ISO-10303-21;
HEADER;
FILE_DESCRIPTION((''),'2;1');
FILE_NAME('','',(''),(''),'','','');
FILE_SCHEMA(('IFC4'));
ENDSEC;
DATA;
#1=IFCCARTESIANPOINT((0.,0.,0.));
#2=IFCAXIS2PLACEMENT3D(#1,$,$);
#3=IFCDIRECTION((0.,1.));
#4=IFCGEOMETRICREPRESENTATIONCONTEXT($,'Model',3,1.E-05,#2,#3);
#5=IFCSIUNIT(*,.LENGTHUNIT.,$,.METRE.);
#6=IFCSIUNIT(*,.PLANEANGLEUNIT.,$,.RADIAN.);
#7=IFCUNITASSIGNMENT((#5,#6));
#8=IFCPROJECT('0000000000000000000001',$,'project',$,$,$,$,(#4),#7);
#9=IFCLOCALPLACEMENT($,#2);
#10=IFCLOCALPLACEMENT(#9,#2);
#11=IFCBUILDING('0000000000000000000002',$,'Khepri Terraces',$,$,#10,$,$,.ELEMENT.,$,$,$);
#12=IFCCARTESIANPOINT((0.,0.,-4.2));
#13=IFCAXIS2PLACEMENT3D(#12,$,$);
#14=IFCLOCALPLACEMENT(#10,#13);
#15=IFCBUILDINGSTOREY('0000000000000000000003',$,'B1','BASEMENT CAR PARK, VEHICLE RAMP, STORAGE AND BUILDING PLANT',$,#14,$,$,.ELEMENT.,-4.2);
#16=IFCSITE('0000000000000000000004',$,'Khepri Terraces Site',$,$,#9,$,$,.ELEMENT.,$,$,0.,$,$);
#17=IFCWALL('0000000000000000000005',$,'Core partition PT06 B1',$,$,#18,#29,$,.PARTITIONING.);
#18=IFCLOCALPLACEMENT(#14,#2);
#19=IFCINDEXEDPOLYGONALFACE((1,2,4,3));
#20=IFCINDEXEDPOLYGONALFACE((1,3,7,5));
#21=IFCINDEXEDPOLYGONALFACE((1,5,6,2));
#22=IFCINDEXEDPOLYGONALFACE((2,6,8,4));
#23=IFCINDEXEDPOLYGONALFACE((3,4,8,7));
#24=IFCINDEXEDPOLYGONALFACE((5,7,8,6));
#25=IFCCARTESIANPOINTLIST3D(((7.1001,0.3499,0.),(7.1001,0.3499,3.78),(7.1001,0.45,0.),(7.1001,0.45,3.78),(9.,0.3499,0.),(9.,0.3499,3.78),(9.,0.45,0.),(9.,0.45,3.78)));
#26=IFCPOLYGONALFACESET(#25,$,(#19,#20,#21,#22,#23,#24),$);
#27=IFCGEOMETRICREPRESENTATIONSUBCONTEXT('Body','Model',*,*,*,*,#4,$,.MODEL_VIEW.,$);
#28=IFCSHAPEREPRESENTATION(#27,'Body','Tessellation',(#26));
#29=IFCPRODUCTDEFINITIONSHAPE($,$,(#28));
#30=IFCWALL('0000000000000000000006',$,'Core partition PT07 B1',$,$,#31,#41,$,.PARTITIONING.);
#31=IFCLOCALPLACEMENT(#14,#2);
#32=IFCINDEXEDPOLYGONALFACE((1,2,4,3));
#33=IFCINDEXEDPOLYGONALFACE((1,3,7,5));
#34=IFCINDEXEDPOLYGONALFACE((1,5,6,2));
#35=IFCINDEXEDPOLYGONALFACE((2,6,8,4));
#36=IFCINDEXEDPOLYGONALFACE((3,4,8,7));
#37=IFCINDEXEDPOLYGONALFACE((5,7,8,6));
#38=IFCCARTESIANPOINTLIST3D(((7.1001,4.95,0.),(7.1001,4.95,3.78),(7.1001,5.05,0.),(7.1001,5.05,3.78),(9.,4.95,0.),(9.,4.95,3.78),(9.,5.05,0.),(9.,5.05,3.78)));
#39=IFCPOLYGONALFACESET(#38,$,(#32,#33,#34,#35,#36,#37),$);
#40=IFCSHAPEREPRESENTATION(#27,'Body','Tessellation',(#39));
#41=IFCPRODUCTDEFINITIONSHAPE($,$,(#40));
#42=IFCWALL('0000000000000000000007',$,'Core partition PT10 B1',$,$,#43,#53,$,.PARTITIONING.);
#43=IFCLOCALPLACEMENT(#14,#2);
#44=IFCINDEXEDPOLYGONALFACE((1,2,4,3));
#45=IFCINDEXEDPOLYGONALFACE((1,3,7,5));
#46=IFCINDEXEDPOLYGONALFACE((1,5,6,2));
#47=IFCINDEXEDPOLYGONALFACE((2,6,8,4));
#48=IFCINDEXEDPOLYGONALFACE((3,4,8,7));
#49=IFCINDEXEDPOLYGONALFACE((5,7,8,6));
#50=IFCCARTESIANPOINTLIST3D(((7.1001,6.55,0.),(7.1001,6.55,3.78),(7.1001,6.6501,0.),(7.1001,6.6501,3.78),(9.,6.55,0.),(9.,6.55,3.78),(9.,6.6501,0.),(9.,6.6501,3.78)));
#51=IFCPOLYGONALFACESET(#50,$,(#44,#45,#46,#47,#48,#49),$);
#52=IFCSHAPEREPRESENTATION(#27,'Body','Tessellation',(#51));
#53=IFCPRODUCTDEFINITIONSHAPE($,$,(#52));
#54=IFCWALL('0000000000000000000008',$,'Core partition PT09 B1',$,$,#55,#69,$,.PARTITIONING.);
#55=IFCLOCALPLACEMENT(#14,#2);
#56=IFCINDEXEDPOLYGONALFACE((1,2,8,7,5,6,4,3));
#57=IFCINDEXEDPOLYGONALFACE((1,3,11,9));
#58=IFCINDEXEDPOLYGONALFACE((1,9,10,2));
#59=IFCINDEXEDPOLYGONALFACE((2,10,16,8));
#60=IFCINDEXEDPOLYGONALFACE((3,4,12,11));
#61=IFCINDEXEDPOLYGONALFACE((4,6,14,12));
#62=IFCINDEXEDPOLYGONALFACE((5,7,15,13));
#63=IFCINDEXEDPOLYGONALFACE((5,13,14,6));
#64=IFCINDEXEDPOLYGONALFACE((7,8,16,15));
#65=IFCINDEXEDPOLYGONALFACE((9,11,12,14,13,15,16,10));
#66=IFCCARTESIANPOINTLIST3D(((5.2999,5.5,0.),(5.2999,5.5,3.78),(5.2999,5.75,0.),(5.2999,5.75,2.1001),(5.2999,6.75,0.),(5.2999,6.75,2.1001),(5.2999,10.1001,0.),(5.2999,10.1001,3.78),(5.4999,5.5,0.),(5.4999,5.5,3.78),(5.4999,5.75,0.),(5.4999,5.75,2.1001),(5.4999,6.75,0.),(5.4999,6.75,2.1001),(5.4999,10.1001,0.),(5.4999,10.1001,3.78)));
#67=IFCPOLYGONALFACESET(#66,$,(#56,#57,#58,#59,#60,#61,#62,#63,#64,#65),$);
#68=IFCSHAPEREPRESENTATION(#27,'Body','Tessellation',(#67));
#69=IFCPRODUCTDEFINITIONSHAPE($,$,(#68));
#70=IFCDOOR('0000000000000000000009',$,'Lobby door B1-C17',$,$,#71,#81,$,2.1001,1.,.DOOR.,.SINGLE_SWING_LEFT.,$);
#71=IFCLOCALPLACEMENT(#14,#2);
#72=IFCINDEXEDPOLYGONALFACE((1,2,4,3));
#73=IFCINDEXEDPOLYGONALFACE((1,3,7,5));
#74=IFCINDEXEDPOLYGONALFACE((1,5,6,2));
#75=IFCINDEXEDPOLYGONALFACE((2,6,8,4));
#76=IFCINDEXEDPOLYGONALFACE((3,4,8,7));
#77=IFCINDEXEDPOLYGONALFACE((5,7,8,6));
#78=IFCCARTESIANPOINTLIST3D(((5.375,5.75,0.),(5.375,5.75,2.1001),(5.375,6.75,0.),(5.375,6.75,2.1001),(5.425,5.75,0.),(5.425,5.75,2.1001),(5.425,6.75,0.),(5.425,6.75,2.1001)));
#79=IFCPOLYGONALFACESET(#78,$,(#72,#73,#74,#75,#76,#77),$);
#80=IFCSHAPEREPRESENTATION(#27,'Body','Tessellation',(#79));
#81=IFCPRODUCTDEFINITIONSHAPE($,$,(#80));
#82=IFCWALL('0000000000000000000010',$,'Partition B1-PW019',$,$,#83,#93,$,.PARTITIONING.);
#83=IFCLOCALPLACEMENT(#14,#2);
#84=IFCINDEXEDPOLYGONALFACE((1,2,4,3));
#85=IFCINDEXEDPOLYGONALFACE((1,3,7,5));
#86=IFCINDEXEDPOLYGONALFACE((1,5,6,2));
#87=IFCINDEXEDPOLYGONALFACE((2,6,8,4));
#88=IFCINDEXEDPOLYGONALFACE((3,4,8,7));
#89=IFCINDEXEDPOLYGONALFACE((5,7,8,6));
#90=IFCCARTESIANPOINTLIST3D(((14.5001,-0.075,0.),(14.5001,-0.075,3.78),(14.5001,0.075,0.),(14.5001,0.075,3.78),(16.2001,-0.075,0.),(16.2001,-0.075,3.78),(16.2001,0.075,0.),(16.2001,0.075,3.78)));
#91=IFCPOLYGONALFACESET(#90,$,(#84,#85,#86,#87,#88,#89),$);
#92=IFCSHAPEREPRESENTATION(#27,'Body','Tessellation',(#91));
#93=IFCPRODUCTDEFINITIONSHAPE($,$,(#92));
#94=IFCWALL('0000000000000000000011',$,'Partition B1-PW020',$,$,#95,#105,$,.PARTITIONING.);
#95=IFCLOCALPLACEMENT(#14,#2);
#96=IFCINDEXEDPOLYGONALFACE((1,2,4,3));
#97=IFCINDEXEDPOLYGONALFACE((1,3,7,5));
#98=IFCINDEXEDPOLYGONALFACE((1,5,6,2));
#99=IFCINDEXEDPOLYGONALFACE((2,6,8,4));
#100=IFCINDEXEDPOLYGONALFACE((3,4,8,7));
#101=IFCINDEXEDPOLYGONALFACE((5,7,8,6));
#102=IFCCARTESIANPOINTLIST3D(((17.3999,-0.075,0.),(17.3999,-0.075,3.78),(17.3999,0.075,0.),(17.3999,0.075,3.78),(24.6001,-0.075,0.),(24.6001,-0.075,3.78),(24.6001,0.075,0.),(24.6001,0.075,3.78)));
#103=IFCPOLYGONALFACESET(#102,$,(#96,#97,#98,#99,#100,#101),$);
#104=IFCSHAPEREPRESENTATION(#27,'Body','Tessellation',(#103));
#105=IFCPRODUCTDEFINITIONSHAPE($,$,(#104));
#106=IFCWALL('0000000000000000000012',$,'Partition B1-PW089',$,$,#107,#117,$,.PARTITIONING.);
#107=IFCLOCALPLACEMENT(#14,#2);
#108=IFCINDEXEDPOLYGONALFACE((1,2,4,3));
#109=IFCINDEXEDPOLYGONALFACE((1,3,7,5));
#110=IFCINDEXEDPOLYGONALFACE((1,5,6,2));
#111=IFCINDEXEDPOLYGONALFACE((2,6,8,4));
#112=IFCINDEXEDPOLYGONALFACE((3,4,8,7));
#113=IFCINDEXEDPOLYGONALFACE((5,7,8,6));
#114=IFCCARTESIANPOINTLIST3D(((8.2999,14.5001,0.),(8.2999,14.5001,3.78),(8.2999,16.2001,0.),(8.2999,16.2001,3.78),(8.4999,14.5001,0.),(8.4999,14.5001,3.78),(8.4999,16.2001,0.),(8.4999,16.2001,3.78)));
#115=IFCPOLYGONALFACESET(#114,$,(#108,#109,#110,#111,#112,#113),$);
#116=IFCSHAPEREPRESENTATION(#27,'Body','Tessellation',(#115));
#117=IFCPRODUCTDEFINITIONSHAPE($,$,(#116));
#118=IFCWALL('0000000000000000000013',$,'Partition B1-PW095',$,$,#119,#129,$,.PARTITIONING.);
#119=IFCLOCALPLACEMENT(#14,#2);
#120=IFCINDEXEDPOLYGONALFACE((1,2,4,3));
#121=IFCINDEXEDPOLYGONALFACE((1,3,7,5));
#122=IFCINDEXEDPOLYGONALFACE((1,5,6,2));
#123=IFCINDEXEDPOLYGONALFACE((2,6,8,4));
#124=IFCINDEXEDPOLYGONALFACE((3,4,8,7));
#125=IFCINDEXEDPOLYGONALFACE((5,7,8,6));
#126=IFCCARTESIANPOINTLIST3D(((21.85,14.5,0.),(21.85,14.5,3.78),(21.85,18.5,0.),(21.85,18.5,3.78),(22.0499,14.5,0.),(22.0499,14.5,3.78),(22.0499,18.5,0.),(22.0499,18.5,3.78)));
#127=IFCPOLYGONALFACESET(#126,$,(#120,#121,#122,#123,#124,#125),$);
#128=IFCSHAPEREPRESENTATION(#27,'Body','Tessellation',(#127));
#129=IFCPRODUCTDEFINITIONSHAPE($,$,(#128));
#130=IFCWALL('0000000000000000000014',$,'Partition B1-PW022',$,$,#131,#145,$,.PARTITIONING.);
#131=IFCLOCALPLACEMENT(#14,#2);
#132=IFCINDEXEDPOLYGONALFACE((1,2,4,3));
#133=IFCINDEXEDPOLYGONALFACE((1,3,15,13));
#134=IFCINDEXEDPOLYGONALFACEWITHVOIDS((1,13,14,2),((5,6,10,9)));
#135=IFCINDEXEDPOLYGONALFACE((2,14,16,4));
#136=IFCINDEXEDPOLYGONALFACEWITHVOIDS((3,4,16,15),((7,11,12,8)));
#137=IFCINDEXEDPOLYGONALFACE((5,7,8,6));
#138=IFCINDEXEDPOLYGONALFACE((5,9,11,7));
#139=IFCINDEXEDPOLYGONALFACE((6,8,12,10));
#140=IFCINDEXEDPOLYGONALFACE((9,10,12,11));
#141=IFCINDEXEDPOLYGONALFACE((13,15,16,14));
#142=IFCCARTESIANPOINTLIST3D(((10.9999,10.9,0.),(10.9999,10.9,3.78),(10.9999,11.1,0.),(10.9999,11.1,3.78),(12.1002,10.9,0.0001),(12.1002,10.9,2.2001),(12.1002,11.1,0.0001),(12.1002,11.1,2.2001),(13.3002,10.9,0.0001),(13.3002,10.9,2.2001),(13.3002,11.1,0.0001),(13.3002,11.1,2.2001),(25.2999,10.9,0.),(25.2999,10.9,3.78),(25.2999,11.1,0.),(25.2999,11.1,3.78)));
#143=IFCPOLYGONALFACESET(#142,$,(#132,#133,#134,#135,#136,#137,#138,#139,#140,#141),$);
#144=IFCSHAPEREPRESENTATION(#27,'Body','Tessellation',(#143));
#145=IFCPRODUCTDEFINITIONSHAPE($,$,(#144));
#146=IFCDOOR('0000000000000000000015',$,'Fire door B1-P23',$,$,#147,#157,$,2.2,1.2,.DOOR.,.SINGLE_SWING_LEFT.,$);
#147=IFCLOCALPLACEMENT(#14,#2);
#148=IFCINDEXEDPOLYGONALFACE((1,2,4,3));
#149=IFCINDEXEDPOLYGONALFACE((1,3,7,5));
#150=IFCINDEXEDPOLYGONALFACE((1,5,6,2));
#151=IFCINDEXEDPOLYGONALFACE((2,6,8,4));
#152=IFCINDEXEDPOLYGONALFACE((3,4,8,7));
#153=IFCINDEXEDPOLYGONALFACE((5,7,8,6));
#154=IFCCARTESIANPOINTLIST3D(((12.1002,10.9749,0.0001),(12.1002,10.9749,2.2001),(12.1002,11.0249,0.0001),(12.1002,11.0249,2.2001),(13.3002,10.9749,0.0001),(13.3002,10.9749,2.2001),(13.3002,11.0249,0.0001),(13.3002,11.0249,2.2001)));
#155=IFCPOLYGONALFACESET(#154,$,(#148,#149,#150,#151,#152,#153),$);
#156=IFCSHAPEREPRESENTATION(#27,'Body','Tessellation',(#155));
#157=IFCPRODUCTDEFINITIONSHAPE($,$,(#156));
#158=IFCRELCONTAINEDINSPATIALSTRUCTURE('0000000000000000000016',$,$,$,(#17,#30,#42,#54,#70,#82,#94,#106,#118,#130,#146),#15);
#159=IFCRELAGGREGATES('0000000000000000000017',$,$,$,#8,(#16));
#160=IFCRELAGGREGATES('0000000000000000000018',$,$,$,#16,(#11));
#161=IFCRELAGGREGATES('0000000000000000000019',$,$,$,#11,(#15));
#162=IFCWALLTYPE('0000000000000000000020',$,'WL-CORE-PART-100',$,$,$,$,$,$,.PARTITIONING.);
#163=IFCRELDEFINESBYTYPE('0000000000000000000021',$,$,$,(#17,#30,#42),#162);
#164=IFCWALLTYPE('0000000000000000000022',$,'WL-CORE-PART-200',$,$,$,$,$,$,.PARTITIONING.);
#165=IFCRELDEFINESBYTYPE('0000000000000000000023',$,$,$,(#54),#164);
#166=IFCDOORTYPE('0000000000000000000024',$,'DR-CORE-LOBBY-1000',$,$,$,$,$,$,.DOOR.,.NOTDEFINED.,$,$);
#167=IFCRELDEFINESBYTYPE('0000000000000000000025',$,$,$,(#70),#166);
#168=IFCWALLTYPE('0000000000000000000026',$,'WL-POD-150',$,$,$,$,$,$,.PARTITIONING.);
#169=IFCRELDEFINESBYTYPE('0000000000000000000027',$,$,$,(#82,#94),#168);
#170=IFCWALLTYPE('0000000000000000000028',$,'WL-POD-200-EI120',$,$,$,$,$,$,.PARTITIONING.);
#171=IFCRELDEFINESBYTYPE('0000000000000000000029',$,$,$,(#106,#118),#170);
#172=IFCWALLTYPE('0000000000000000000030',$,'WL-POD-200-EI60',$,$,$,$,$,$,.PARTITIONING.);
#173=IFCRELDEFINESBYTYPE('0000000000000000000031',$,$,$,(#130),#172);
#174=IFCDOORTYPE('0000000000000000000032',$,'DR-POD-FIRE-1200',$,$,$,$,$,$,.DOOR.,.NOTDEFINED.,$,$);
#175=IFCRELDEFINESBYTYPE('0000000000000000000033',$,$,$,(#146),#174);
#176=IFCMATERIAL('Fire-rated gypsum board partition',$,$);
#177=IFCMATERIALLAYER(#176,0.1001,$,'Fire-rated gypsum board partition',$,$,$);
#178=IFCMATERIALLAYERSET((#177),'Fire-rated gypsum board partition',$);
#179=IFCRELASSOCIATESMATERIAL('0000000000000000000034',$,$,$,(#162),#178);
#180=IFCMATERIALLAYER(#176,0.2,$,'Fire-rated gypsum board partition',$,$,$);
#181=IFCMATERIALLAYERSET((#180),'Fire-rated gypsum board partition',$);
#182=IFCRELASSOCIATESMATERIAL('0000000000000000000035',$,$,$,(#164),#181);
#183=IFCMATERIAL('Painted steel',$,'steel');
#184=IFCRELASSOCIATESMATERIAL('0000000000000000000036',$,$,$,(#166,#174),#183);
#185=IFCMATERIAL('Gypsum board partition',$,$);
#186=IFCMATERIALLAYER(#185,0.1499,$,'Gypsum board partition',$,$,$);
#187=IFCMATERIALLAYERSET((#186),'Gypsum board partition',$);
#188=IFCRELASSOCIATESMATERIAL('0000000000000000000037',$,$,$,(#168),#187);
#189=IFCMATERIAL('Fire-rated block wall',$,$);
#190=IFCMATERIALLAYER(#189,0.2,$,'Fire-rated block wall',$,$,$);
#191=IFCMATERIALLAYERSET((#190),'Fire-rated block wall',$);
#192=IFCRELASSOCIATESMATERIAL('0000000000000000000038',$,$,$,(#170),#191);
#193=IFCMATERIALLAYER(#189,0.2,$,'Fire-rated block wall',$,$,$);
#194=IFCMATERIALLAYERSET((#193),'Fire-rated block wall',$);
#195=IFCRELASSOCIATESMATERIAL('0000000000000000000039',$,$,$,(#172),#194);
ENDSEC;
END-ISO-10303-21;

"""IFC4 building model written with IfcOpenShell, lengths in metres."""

from ifc_helpers import new_model, si_unit, direction, frame, frame_2d, origin, place, context, subcontext, project, spatial, rectangle, extrude, material, layer, layer_set, type_object, element, fill, save


model = new_model("IFC4")

# Units and contexts
model_context = context("Model", 3, precision=1e-05, world=origin(), true_north=direction((0.0, 1.0)))
body_context = subcontext(model_context, "Body", "Model", "MODEL_VIEW")
ifc_project = project(units=[si_unit("LENGTHUNIT", "METRE"), si_unit("PLANEANGLEUNIT", "RADIAN")], contexts=[model_context])

# Site, building, storey
site_placement = place(None, origin())
site = spatial("IfcSite", under=ifc_project, at=site_placement, Name="Khepri Terraces Site", CompositionType="ELEMENT", RefElevation=0.0)
building_placement = place(site_placement, origin())
building = spatial("IfcBuilding", under=site, at=building_placement, Name="Khepri Terraces", CompositionType="ELEMENT")
storey_placement = place(building_placement, frame((0.0, 0.0, -4.2)))
storey = spatial("IfcBuildingStorey", under=building, at=storey_placement, Name="B1", Description="BASEMENT CAR PARK, VEHICLE RAMP, STORAGE AND BUILDING PLANT", CompositionType="ELEMENT", Elevation=-4.2)

# Shared definitions
ifc_material_1 = material(Name="Painted steel", Category="steel")

# Walls
ifc_material_2 = material(Name="Fire-rated gypsum board partition")
ifc_layer_1 = layer(ifc_material_2, 0.1001, Name="Fire-rated gypsum board partition")
ifc_layer_set_1 = layer_set([ifc_layer_1], Name="Fire-rated gypsum board partition")
wall_type_1 = type_object("IfcWallType", Name="WL-CORE-PART-100", PredefinedType="PARTITIONING", material=ifc_layer_set_1)
for number, where, z_axis, x_axis, name in (
    (1, (7.1001, 0.3999, 0.0), (0.0, 0.0, 1.0), (1.0, 0.0, 0.0), "Core partition PT06 B1"),
    (2, (7.1001, 5.0, 0.0), (0.0, 0.0, 1.0), (1.0, 0.0, 0.0), "Core partition PT07 B1"),
    (3, (7.1001, 6.6001, 0.0), (0.0, 0.0, 1.0), (1.0, 0.0, 0.0), "Core partition PT10 B1"),
):
    element("IfcWall", number, at=place(storey_placement, frame(where, z_axis=z_axis, x_axis=x_axis)), inside=storey, type_object=wall_type_1, Name=name, PredefinedType="PARTITIONING", context=body_context, shape_type="SweptSolid", body=[
        extrude(rectangle(XDim=1.8999, YDim=0.1001, at=frame_2d((0.95, 0.0))), origin(), (0.0, 0.0, 1.0), 3.78),
    ])

# Wall, opening, door
ifc_layer_2 = layer(ifc_material_2, 0.2, Name="Fire-rated gypsum board partition")
ifc_layer_set_2 = layer_set([ifc_layer_2], Name="Fire-rated gypsum board partition")
wall_type_2 = type_object("IfcWallType", Name="WL-CORE-PART-200", PredefinedType="PARTITIONING", material=ifc_layer_set_2)
wall_1_placement = place(storey_placement, frame((5.3999, 5.5, 0.0), z_axis=(0.0, 0.0, 1.0), x_axis=(0.0, 1.0, 0.0)))
wall_1 = element("IfcWall", 4, at=wall_1_placement, inside=storey, type_object=wall_type_2, Name="Core partition PT09 B1", PredefinedType="PARTITIONING", context=body_context, shape_type="SweptSolid", body=[
    extrude(rectangle(XDim=4.6001, YDim=0.2, at=frame_2d((2.3, 0.0))), origin(), (0.0, 0.0, 1.0), 3.78),
])
opening_1_placement = place(wall_1_placement, frame((0.25, 0.0, 0.0)))
opening_1 = element("IfcOpeningElement", 5, at=opening_1_placement, cuts=wall_1, PredefinedType="OPENING", context=body_context, shape_type="SweptSolid", body=[
    extrude(rectangle(XDim=1.0, YDim=2.1001, at=frame_2d((0.5, 1.05))), frame((0.0, 0.1099, 0.0), z_axis=(0.0, -1.0, 0.0), x_axis=(1.0, 0.0, 0.0)), (0.0, 0.0, 1.0), 0.22),
])
door_type_1 = type_object("IfcDoorType", Name="DR-CORE-LOBBY-1000", OperationType="NOTDEFINED", PredefinedType="DOOR", material=ifc_material_1)
door_1_placement = place(opening_1_placement, origin())
door_1 = element("IfcDoor", 6, at=door_1_placement, inside=storey, type_object=door_type_1, Name="Lobby door B1-C17", OperationType="SINGLE_SWING_LEFT", OverallHeight=2.1001, OverallWidth=1.0, PredefinedType="DOOR", context=body_context, shape_type="SweptSolid", body=[
    extrude(rectangle(XDim=1.0, YDim=2.1001, at=frame_2d((0.5, 1.05))), frame((0.0, 0.0249, 0.0), z_axis=(0.0, -1.0, 0.0), x_axis=(1.0, 0.0, 0.0)), (0.0, 0.0, 1.0), 0.05),
])
fill(opening_1, door_1)

# Walls
ifc_material_3 = material(Name="Gypsum board partition")
ifc_layer_3 = layer(ifc_material_3, 0.1499, Name="Gypsum board partition")
ifc_layer_set_3 = layer_set([ifc_layer_3], Name="Gypsum board partition")
wall_type_3 = type_object("IfcWallType", Name="WL-POD-150", PredefinedType="PARTITIONING", material=ifc_layer_set_3)
wall_2_placement = place(storey_placement, frame((14.5, 0.0, 0.0), z_axis=(0.0, 0.0, 1.0), x_axis=(1.0, 0.0, 0.0)))
element("IfcWall", 7, at=wall_2_placement, inside=storey, type_object=wall_type_3, Name="Partition B1-PW019", PredefinedType="PARTITIONING", context=body_context, shape_type="SweptSolid", body=[
    extrude(rectangle(XDim=1.7, YDim=0.1499, at=frame_2d((0.8501, 0.0))), origin(), (0.0, 0.0, 1.0), 3.78),
])
wall_3_placement = place(storey_placement, frame((17.3999, 0.0, 0.0), z_axis=(0.0, 0.0, 1.0), x_axis=(1.0, 0.0, 0.0)))
element("IfcWall", 8, at=wall_3_placement, inside=storey, type_object=wall_type_3, Name="Partition B1-PW020", PredefinedType="PARTITIONING", context=body_context, shape_type="SweptSolid", body=[
    extrude(rectangle(XDim=7.2002, YDim=0.1499, at=frame_2d((3.6001, 0.0))), origin(), (0.0, 0.0, 1.0), 3.78),
])
ifc_material_4 = material(Name="Fire-rated block wall")
ifc_layer_4 = layer(ifc_material_4, 0.2, Name="Fire-rated block wall")
ifc_layer_set_4 = layer_set([ifc_layer_4], Name="Fire-rated block wall")
wall_type_4 = type_object("IfcWallType", Name="WL-POD-200-EI120", PredefinedType="PARTITIONING", material=ifc_layer_set_4)
wall_4_placement = place(storey_placement, frame((8.3999, 14.5, 0.0), z_axis=(0.0, 0.0, 1.0), x_axis=(0.0, 1.0, 0.0)))
element("IfcWall", 9, at=wall_4_placement, inside=storey, type_object=wall_type_4, Name="Partition B1-PW089", PredefinedType="PARTITIONING", context=body_context, shape_type="SweptSolid", body=[
    extrude(rectangle(XDim=1.7, YDim=0.2, at=frame_2d((0.8501, 0.0))), origin(), (0.0, 0.0, 1.0), 3.78),
])
wall_5_placement = place(storey_placement, frame((21.95, 14.5, 0.0), z_axis=(0.0, 0.0, 1.0), x_axis=(0.0, 1.0, 0.0)))
element("IfcWall", 10, at=wall_5_placement, inside=storey, type_object=wall_type_4, Name="Partition B1-PW095", PredefinedType="PARTITIONING", context=body_context, shape_type="SweptSolid", body=[
    extrude(rectangle(XDim=4.0, YDim=0.2, at=frame_2d((2.0, 0.0))), origin(), (0.0, 0.0, 1.0), 3.78),
])

# Wall, opening, door
ifc_layer_5 = layer(ifc_material_4, 0.2, Name="Fire-rated block wall")
ifc_layer_set_5 = layer_set([ifc_layer_5], Name="Fire-rated block wall")
wall_type_5 = type_object("IfcWallType", Name="WL-POD-200-EI60", PredefinedType="PARTITIONING", material=ifc_layer_set_5)
wall_6_placement = place(storey_placement, frame((11.0, 11.0, 0.0), z_axis=(0.0, 0.0, 1.0), x_axis=(1.0, 0.0, 0.0)))
wall_6 = element("IfcWall", 11, at=wall_6_placement, inside=storey, type_object=wall_type_5, Name="Partition B1-PW022", PredefinedType="PARTITIONING", context=body_context, shape_type="SweptSolid", body=[
    extrude(rectangle(XDim=14.3, YDim=0.2, at=frame_2d((7.1499, 0.0))), origin(), (0.0, 0.0, 1.0), 3.78),
])
opening_2_placement = place(wall_6_placement, frame((1.1001, 0.0, 0.0)))
opening_2 = element("IfcOpeningElement", 12, at=opening_2_placement, cuts=wall_6, PredefinedType="OPENING", context=body_context, shape_type="SweptSolid", body=[
    extrude(rectangle(XDim=1.2, YDim=2.2, at=frame_2d((0.6001, 1.1001))), frame((0.0, 0.1099, 0.0), z_axis=(0.0, -1.0, 0.0), x_axis=(1.0, 0.0, 0.0)), (0.0, 0.0, 1.0), 0.22),
])
door_type_2 = type_object("IfcDoorType", Name="DR-POD-FIRE-1200", OperationType="NOTDEFINED", PredefinedType="DOOR", material=ifc_material_1)
door_2_placement = place(opening_2_placement, origin())
door_2 = element("IfcDoor", 13, at=door_2_placement, inside=storey, type_object=door_type_2, Name="Fire door B1-P23", OperationType="SINGLE_SWING_LEFT", OverallHeight=2.2, OverallWidth=1.2, PredefinedType="DOOR", context=body_context, shape_type="SweptSolid", body=[
    extrude(rectangle(XDim=1.2, YDim=2.2, at=frame_2d((0.6001, 1.1001))), frame((0.0, 0.0249, 0.0), z_axis=(0.0, -1.0, 0.0), x_axis=(1.0, 0.0, 0.0)), (0.0, 0.0, 1.0), 0.05),
])
fill(opening_2, door_2)

save(model, "model.ifc")
